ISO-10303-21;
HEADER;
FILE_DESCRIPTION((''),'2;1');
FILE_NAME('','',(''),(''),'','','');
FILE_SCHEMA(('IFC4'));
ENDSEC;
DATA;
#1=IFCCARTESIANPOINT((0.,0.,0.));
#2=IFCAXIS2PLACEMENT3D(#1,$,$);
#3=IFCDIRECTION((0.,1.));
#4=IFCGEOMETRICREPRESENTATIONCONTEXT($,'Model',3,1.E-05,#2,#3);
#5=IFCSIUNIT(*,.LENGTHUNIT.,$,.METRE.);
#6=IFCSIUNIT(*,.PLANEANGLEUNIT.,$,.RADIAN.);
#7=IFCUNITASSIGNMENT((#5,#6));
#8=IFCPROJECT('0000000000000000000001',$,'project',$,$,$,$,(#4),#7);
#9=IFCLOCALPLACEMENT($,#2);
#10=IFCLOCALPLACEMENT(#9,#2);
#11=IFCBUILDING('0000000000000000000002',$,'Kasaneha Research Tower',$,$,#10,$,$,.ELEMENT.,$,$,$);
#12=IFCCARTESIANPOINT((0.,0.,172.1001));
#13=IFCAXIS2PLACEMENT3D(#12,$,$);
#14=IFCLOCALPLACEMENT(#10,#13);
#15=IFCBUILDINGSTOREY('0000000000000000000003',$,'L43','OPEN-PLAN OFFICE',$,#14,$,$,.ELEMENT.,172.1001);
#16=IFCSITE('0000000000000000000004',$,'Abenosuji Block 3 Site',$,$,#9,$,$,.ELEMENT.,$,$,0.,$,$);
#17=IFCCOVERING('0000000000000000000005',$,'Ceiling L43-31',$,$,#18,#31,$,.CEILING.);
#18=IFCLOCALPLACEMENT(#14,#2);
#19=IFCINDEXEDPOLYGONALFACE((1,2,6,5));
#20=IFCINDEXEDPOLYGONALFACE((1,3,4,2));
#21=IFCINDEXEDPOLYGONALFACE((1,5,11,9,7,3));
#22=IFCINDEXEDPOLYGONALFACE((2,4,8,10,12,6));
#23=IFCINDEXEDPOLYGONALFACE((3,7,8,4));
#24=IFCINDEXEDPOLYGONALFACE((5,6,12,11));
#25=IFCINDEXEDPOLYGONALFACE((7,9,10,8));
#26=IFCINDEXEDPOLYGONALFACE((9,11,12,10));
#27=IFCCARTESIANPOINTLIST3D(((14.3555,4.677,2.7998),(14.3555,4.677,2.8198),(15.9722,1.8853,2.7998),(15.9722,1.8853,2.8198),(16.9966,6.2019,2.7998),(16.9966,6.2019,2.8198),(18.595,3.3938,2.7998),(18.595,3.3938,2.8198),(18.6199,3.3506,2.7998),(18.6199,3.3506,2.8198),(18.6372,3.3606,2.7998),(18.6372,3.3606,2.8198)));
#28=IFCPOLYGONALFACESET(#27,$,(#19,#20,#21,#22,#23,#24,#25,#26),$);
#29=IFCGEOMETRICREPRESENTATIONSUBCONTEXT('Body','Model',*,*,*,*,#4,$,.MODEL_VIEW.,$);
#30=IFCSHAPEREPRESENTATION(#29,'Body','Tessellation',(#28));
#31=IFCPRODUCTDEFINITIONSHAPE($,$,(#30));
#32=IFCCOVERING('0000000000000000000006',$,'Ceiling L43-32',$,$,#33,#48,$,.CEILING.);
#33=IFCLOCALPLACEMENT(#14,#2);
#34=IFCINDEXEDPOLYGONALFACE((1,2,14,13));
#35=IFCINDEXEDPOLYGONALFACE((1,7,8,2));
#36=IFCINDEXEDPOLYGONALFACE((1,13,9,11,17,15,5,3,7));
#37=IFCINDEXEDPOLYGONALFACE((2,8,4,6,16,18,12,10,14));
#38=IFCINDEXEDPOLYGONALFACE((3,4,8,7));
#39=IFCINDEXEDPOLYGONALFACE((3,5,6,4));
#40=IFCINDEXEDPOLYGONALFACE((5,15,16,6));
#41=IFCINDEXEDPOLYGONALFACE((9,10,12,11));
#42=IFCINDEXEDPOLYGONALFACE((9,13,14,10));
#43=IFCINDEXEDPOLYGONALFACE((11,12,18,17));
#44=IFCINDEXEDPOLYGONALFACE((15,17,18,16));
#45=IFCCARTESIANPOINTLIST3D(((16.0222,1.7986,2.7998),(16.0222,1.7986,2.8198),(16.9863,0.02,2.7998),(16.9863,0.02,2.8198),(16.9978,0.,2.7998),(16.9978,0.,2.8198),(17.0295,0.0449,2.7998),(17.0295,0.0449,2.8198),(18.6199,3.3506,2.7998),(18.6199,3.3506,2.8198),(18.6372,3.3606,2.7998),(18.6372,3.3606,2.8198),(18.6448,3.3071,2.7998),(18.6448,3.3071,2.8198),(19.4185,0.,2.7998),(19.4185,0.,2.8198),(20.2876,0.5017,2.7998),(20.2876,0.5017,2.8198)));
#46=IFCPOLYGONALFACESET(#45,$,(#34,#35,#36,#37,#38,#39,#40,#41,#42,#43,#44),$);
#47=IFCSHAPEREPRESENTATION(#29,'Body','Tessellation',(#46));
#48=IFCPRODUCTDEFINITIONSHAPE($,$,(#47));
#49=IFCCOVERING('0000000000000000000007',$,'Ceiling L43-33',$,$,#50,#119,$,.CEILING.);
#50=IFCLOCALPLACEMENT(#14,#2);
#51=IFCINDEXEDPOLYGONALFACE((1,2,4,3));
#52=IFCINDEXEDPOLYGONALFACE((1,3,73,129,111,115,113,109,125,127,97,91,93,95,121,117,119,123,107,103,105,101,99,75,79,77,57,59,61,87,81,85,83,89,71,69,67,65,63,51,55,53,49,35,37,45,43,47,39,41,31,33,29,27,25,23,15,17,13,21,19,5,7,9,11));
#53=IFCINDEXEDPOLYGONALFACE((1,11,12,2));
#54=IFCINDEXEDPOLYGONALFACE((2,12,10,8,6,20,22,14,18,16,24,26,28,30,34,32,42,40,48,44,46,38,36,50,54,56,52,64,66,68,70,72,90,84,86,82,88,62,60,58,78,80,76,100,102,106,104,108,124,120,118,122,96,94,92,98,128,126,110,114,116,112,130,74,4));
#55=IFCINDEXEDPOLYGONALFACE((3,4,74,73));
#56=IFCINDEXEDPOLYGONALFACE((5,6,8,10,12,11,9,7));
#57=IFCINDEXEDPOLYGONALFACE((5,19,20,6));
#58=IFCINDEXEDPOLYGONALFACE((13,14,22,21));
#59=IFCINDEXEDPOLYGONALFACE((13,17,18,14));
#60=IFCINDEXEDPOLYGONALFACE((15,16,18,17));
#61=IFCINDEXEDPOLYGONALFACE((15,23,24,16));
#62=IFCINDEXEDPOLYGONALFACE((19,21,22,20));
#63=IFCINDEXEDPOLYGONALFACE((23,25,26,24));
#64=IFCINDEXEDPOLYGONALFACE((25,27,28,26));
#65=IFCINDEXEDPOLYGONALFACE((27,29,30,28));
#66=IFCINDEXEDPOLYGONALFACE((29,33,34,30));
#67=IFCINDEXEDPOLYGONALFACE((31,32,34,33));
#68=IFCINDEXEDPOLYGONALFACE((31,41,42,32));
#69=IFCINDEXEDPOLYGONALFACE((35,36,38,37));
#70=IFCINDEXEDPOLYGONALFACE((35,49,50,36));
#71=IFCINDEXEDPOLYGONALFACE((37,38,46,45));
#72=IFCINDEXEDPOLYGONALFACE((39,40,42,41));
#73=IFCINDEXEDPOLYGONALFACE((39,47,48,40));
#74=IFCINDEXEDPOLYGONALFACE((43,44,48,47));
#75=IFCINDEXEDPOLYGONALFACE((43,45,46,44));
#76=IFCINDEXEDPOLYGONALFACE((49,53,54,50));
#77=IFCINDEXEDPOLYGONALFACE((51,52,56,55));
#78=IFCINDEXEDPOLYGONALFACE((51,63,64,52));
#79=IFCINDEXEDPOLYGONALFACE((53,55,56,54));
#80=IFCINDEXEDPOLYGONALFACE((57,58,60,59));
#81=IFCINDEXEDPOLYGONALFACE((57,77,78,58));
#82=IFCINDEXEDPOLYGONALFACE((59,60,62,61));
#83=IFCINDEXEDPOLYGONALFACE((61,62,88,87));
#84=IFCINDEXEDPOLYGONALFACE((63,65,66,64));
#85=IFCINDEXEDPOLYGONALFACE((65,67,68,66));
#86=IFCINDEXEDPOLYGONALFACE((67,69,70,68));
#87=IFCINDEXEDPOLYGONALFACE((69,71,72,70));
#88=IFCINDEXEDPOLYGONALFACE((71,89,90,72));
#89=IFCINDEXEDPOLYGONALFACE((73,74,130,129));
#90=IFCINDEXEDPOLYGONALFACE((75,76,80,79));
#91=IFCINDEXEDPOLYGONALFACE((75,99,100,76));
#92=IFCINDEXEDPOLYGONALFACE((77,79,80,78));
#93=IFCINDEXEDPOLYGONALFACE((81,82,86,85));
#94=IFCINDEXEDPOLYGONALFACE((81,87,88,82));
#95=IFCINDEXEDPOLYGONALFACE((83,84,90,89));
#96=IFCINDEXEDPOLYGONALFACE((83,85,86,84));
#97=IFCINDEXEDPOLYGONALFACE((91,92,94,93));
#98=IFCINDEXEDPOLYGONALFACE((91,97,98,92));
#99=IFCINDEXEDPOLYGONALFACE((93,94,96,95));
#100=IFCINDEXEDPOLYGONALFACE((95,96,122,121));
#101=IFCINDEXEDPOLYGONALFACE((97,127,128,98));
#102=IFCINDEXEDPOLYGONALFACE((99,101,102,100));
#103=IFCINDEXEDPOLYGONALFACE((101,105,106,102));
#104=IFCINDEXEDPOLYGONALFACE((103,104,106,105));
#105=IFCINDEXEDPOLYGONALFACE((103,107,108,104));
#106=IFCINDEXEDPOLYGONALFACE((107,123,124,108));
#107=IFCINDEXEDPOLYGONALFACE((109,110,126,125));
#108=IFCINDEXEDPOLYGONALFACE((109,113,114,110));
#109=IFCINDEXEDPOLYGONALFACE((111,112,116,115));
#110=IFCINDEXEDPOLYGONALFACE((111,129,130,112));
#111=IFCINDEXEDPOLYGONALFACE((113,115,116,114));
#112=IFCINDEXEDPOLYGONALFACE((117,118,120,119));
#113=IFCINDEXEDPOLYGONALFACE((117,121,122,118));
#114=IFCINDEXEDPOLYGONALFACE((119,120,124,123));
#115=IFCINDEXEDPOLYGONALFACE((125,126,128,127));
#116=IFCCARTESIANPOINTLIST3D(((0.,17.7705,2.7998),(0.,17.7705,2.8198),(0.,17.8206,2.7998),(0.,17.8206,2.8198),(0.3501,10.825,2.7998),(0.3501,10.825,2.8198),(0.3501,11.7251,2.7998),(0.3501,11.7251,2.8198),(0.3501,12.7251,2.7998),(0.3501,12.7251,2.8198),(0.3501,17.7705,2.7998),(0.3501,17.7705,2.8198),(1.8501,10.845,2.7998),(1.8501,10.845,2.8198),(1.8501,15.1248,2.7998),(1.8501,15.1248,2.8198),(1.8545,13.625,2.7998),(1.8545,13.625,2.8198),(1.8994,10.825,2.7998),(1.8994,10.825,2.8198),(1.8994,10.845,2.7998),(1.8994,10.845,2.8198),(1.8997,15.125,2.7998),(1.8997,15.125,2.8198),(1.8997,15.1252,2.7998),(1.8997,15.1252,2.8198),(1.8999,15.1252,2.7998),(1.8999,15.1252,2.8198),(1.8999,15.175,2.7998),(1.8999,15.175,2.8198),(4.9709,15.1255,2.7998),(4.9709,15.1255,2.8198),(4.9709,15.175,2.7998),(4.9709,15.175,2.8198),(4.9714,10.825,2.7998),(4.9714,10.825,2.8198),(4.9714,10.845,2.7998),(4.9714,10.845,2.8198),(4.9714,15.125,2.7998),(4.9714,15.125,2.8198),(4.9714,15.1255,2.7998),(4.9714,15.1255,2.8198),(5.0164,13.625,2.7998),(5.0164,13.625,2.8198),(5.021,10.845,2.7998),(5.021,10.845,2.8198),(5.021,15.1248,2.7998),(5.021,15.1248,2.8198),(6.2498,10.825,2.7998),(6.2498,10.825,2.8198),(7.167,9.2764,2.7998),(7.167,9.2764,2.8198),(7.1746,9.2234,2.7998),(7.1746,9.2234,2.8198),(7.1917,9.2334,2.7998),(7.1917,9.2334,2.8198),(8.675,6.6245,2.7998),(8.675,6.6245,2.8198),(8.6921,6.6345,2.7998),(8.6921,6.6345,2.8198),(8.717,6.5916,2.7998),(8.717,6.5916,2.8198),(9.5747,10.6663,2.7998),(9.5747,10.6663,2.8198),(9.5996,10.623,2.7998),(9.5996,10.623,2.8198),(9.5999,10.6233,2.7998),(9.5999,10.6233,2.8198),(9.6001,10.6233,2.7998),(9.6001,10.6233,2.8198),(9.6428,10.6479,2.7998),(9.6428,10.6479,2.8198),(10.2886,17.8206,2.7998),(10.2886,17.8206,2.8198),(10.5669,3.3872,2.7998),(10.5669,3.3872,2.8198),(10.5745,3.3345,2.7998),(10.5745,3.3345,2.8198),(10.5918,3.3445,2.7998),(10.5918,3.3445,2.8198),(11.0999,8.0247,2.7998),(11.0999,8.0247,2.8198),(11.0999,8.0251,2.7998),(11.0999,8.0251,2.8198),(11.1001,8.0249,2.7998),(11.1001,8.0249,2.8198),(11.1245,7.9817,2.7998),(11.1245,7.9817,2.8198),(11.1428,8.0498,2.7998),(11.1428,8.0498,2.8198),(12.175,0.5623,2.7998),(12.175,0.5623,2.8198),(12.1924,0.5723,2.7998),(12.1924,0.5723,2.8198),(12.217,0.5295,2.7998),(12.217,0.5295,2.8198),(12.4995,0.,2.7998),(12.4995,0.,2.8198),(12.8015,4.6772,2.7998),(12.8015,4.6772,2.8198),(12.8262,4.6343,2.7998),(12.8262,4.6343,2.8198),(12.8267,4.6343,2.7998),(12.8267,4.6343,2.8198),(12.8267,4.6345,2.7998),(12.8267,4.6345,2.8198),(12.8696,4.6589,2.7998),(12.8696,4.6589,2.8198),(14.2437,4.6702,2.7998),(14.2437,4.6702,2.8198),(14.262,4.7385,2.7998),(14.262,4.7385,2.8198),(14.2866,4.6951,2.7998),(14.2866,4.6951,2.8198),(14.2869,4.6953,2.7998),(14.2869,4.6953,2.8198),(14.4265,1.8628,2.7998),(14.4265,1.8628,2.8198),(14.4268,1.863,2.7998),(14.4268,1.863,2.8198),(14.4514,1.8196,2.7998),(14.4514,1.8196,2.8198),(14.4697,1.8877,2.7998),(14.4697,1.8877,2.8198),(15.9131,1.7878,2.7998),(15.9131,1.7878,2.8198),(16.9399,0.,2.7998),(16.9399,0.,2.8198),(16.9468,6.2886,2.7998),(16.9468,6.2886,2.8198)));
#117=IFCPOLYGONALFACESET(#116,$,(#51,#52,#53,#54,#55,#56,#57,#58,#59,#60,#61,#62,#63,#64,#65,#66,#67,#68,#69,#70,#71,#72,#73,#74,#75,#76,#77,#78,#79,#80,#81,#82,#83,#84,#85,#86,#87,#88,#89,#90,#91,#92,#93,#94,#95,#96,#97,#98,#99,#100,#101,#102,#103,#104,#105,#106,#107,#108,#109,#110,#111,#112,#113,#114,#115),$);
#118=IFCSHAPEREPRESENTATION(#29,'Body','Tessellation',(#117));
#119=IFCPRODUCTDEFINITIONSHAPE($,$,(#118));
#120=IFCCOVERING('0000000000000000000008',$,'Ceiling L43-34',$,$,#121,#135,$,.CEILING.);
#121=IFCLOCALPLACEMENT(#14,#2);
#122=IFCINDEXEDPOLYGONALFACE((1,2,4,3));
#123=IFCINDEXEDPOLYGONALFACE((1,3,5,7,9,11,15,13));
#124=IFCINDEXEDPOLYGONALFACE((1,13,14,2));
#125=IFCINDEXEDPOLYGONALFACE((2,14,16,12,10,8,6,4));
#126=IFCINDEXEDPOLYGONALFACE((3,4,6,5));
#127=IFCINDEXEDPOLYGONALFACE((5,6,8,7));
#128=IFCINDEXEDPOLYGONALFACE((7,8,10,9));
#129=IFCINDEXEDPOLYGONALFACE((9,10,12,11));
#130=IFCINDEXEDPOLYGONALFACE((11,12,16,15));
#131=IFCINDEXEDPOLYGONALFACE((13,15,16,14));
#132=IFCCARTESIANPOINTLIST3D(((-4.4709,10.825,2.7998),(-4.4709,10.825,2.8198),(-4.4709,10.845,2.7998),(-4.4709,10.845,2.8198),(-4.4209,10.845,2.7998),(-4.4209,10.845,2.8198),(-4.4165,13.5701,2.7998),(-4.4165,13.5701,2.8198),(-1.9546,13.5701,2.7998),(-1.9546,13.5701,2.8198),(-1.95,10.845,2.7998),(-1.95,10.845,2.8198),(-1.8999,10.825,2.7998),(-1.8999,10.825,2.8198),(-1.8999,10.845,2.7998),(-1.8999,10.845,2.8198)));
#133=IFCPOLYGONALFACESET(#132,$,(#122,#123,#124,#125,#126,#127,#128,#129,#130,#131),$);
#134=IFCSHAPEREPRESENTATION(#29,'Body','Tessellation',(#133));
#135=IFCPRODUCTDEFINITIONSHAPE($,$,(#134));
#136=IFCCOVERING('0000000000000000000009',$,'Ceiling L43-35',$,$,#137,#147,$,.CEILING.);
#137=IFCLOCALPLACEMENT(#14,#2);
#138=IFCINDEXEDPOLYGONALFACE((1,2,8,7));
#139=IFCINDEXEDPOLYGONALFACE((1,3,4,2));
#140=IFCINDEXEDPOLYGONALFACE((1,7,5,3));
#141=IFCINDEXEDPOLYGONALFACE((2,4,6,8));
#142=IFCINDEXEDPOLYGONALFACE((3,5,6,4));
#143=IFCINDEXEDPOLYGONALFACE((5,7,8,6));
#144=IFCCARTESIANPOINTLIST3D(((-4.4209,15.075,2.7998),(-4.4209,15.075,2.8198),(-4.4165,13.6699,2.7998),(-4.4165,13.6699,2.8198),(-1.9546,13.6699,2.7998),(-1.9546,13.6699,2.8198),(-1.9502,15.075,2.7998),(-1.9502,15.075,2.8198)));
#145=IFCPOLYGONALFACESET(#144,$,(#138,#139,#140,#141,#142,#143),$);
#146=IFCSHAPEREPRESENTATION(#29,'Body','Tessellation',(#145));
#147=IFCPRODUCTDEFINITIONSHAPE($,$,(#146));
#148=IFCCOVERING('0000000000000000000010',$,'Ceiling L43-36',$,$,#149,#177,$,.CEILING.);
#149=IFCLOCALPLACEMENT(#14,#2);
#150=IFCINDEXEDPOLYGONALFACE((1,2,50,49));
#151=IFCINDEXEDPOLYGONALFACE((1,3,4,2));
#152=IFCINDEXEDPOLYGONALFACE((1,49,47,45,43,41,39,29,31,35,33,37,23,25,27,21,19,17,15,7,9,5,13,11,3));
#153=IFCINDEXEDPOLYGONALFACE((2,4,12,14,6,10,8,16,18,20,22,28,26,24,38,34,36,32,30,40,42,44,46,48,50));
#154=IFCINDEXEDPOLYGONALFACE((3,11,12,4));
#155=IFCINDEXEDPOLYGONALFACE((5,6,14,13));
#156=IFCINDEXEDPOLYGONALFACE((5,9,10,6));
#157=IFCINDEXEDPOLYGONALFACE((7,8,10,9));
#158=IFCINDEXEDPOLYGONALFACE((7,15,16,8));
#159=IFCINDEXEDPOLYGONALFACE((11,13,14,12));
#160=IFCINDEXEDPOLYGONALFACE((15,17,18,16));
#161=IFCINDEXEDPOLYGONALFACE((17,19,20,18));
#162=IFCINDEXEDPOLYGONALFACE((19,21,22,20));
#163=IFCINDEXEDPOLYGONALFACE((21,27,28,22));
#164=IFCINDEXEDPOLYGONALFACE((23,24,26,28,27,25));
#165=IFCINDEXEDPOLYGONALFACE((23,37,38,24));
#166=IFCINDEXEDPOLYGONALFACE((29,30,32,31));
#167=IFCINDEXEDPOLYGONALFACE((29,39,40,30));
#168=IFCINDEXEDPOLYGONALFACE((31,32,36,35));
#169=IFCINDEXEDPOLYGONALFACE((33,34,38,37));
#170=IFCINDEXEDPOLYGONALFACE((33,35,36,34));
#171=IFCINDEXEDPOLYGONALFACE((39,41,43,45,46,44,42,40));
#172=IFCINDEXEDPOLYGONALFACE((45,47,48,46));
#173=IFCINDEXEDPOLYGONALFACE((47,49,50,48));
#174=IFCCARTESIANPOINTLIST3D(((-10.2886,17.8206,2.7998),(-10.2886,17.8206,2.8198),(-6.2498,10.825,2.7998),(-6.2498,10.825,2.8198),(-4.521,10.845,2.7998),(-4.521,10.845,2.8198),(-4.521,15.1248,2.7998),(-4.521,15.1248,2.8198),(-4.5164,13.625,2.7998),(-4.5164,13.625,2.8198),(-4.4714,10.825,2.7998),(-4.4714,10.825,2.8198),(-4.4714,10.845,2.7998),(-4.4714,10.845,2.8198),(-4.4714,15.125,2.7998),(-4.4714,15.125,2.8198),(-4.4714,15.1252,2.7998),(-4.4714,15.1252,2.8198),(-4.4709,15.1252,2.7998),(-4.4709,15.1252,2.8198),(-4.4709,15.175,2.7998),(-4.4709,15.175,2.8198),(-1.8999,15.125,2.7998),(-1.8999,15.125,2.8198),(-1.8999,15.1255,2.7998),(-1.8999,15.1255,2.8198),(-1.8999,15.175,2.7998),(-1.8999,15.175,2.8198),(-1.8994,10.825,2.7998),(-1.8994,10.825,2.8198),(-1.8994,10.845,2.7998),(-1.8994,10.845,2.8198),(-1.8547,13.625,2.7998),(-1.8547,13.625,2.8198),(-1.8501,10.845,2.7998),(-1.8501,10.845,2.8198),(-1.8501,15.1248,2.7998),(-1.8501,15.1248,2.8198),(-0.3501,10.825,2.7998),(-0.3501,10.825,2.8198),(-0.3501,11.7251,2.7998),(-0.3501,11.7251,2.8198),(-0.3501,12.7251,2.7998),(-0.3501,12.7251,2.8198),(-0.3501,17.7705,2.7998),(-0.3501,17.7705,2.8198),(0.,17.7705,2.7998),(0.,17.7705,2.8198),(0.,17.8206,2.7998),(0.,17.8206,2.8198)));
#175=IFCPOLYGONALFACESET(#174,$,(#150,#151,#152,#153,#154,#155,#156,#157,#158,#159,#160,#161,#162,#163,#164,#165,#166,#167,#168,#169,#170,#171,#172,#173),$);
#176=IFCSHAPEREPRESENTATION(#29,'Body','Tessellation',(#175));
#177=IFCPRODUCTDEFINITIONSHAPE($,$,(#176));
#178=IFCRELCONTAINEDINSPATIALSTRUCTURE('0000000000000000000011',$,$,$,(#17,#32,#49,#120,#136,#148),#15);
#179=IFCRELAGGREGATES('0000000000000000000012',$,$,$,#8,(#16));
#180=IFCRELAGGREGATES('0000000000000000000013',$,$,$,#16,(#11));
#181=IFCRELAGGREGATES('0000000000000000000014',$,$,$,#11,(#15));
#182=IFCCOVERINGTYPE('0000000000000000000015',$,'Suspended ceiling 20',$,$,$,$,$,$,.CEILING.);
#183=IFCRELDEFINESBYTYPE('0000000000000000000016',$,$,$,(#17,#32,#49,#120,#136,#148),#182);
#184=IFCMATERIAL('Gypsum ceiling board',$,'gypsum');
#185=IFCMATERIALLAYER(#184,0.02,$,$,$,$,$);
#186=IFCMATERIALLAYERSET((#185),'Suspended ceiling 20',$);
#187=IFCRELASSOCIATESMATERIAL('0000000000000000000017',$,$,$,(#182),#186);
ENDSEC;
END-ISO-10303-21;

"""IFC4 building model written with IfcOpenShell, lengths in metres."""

from ifc_helpers import new_model, si_unit, direction, frame, origin, place, context, subcontext, project, spatial, polyline, outline, extrude, material, layer, layer_set, type_object, element, save


model = new_model("IFC4")

# Units and contexts
model_context = context("Model", 3, precision=1e-05, world=origin(), true_north=direction((0.0, 1.0)))
body_context = subcontext(model_context, "Body", "Model", "MODEL_VIEW")
ifc_project = project(units=[si_unit("LENGTHUNIT", "METRE"), si_unit("PLANEANGLEUNIT", "RADIAN")], contexts=[model_context])

# Site, building, storey
site_placement = place(None, origin())
site = spatial("IfcSite", under=ifc_project, at=site_placement, Name="Abenosuji Block 3 Site", CompositionType="ELEMENT", RefElevation=0.0)
building_placement = place(site_placement, origin())
building = spatial("IfcBuilding", under=site, at=building_placement, Name="Kasaneha Research Tower", CompositionType="ELEMENT")
storey_placement = place(building_placement, frame((0.0, 0.0, 172.1001)))
storey = spatial("IfcBuildingStorey", under=building, at=storey_placement, Name="L43", Description="OPEN-PLAN OFFICE", CompositionType="ELEMENT", Elevation=172.1001)

# Coverings
ifc_material_1 = material(Name="Gypsum ceiling board", Category="gypsum")
ifc_layer_1 = layer(ifc_material_1, 0.02)
ifc_layer_set_1 = layer_set([ifc_layer_1], Name="Suspended ceiling 20")
covering_type_1 = type_object("IfcCoveringType", Name="Suspended ceiling 20", PredefinedType="CEILING", material=ifc_layer_set_1)
covering_1_placement = place(storey_placement, frame((0.0, 0.0, 2.7998)))
element("IfcCovering", 1, at=covering_1_placement, inside=storey, type_object=covering_type_1, Name="Ceiling L43-31", PredefinedType="CEILING", context=body_context, shape_type="SweptSolid", body=[
    extrude(outline(polyline([(18.6372, 3.3606), (18.6199, 3.3506), (18.595, 3.3938), (15.9722, 1.8853), (14.3555, 4.677), (16.9966, 6.2019), (18.6372, 3.3606)])), origin(), (0.0, 0.0, 1.0), 0.02),
])
covering_2_placement = place(storey_placement, frame((0.0, 0.0, 2.7998)))
element("IfcCovering", 2, at=covering_2_placement, inside=storey, type_object=covering_type_1, Name="Ceiling L43-32", PredefinedType="CEILING", context=body_context, shape_type="SweptSolid", body=[
    extrude(outline(polyline([(20.2876, 0.5017), (19.4185, 0.0), (16.9978, 0.0), (16.9863, 0.02), (17.0295, 0.0449), (16.0222, 1.7986), (18.6448, 3.3071), (18.6199, 3.3506), (18.6372, 3.3606), (20.2876, 0.5017)])), origin(), (0.0, 0.0, 1.0), 0.02),
])
covering_3_placement = place(storey_placement, frame((0.0, 0.0, 2.7998)))
element("IfcCovering", 3, at=covering_3_placement, inside=storey, type_object=covering_type_1, Name="Ceiling L43-33", PredefinedType="CEILING", context=body_context, shape_type="SweptSolid", body=[
    extrude(outline(polyline([(12.1924, 0.5723), (12.217, 0.5295), (14.4514, 1.8196), (14.4265, 1.8628), (14.4268, 1.863), (14.4268, 1.863), (14.4697, 1.8877), (12.8696, 4.6589), (12.8267, 4.6343), (12.8267, 4.6345), (12.8262, 4.6343), (12.8015, 4.6772), (10.5669, 3.3872), (10.5918, 3.3445), (10.5745, 3.3345), (8.675, 6.6245), (8.6921, 6.6345), (8.717, 6.5916), (11.1245, 7.9817), (11.0999, 8.0247), (11.1001, 8.0249), (11.0999, 8.0251), (11.1428, 8.0498), (9.6428, 10.6479), (9.6001, 10.6233), (9.5999, 10.6233), (9.5996, 10.623), (9.5747, 10.6663), (7.167, 9.2764), (7.1917, 9.2334), (7.1746, 9.2234), (6.2498, 10.825), (4.9714, 10.825), (4.9714, 10.845), (5.021, 10.845), (5.0164, 13.625), (5.021, 15.1248), (4.9714, 15.125), (4.9714, 15.1255), (4.9709, 15.1255), (4.9709, 15.175), (1.8999, 15.175), (1.8999, 15.1252), (1.8997, 15.1252), (1.8997, 15.125), (1.8501, 15.1248), (1.8545, 13.625), (1.8501, 10.845), (1.8994, 10.845), (1.8994, 10.825), (0.3501, 10.825), (0.3501, 11.7251), (0.3501, 12.7251), (0.3501, 17.7705), (0.3501, 17.7705), (0.0, 17.7705), (0.0, 17.8206), (10.2886, 17.8206), (16.9468, 6.2886), (14.262, 4.7385), (14.2869, 4.6953), (14.2866, 4.6951), (14.2866, 4.6951), (14.2437, 4.6702), (15.9131, 1.7878), (16.9399, 0.0), (12.4995, 0.0), (12.175, 0.5623), (12.1924, 0.5723)])), origin(), (0.0, 0.0, 1.0), 0.02),
])
covering_4_placement = place(storey_placement, frame((0.0, 0.0, 2.7998)))
element("IfcCovering", 4, at=covering_4_placement, inside=storey, type_object=covering_type_1, Name="Ceiling L43-34", PredefinedType="CEILING", context=body_context, shape_type="SweptSolid", body=[
    extrude(outline(polyline([(-4.4709, 10.825), (-4.4709, 10.845), (-4.4209, 10.845), (-4.4165, 13.5701), (-1.9546, 13.5701), (-1.95, 10.845), (-1.8999, 10.845), (-1.8999, 10.825), (-4.4709, 10.825)])), origin(), (0.0, 0.0, 1.0), 0.02),
])
covering_5_placement = place(storey_placement, frame((0.0, 0.0, 2.7998)))
element("IfcCovering", 5, at=covering_5_placement, inside=storey, type_object=covering_type_1, Name="Ceiling L43-35", PredefinedType="CEILING", context=body_context, shape_type="SweptSolid", body=[
    extrude(outline(polyline([(-1.9502, 15.075), (-1.9546, 13.6699), (-4.4165, 13.6699), (-4.4209, 15.075), (-1.9502, 15.075)])), origin(), (0.0, 0.0, 1.0), 0.02),
])
covering_6_placement = place(storey_placement, frame((0.0, 0.0, 2.7998)))
element("IfcCovering", 6, at=covering_6_placement, inside=storey, type_object=covering_type_1, Name="Ceiling L43-36", PredefinedType="CEILING", context=body_context, shape_type="SweptSolid", body=[
    extrude(outline(polyline([(-0.3501, 11.7251), (-0.3501, 10.825), (-1.8994, 10.825), (-1.8994, 10.845), (-1.8501, 10.845), (-1.8547, 13.625), (-1.8501, 15.1248), (-1.8999, 15.125), (-1.8999, 15.1255), (-1.8999, 15.175), (-4.4709, 15.175), (-4.4709, 15.1252), (-4.4714, 15.1252), (-4.4714, 15.125), (-4.521, 15.1248), (-4.5164, 13.625), (-4.521, 10.845), (-4.4714, 10.845), (-4.4714, 10.825), (-6.2498, 10.825), (-10.2886, 17.8206), (0.0, 17.8206), (0.0, 17.7705), (-0.3501, 17.7705), (-0.3501, 17.7705), (-0.3501, 12.7251), (-0.3501, 11.7251)])), origin(), (0.0, 0.0, 1.0), 0.02),
])

save(model, "model.ifc")
